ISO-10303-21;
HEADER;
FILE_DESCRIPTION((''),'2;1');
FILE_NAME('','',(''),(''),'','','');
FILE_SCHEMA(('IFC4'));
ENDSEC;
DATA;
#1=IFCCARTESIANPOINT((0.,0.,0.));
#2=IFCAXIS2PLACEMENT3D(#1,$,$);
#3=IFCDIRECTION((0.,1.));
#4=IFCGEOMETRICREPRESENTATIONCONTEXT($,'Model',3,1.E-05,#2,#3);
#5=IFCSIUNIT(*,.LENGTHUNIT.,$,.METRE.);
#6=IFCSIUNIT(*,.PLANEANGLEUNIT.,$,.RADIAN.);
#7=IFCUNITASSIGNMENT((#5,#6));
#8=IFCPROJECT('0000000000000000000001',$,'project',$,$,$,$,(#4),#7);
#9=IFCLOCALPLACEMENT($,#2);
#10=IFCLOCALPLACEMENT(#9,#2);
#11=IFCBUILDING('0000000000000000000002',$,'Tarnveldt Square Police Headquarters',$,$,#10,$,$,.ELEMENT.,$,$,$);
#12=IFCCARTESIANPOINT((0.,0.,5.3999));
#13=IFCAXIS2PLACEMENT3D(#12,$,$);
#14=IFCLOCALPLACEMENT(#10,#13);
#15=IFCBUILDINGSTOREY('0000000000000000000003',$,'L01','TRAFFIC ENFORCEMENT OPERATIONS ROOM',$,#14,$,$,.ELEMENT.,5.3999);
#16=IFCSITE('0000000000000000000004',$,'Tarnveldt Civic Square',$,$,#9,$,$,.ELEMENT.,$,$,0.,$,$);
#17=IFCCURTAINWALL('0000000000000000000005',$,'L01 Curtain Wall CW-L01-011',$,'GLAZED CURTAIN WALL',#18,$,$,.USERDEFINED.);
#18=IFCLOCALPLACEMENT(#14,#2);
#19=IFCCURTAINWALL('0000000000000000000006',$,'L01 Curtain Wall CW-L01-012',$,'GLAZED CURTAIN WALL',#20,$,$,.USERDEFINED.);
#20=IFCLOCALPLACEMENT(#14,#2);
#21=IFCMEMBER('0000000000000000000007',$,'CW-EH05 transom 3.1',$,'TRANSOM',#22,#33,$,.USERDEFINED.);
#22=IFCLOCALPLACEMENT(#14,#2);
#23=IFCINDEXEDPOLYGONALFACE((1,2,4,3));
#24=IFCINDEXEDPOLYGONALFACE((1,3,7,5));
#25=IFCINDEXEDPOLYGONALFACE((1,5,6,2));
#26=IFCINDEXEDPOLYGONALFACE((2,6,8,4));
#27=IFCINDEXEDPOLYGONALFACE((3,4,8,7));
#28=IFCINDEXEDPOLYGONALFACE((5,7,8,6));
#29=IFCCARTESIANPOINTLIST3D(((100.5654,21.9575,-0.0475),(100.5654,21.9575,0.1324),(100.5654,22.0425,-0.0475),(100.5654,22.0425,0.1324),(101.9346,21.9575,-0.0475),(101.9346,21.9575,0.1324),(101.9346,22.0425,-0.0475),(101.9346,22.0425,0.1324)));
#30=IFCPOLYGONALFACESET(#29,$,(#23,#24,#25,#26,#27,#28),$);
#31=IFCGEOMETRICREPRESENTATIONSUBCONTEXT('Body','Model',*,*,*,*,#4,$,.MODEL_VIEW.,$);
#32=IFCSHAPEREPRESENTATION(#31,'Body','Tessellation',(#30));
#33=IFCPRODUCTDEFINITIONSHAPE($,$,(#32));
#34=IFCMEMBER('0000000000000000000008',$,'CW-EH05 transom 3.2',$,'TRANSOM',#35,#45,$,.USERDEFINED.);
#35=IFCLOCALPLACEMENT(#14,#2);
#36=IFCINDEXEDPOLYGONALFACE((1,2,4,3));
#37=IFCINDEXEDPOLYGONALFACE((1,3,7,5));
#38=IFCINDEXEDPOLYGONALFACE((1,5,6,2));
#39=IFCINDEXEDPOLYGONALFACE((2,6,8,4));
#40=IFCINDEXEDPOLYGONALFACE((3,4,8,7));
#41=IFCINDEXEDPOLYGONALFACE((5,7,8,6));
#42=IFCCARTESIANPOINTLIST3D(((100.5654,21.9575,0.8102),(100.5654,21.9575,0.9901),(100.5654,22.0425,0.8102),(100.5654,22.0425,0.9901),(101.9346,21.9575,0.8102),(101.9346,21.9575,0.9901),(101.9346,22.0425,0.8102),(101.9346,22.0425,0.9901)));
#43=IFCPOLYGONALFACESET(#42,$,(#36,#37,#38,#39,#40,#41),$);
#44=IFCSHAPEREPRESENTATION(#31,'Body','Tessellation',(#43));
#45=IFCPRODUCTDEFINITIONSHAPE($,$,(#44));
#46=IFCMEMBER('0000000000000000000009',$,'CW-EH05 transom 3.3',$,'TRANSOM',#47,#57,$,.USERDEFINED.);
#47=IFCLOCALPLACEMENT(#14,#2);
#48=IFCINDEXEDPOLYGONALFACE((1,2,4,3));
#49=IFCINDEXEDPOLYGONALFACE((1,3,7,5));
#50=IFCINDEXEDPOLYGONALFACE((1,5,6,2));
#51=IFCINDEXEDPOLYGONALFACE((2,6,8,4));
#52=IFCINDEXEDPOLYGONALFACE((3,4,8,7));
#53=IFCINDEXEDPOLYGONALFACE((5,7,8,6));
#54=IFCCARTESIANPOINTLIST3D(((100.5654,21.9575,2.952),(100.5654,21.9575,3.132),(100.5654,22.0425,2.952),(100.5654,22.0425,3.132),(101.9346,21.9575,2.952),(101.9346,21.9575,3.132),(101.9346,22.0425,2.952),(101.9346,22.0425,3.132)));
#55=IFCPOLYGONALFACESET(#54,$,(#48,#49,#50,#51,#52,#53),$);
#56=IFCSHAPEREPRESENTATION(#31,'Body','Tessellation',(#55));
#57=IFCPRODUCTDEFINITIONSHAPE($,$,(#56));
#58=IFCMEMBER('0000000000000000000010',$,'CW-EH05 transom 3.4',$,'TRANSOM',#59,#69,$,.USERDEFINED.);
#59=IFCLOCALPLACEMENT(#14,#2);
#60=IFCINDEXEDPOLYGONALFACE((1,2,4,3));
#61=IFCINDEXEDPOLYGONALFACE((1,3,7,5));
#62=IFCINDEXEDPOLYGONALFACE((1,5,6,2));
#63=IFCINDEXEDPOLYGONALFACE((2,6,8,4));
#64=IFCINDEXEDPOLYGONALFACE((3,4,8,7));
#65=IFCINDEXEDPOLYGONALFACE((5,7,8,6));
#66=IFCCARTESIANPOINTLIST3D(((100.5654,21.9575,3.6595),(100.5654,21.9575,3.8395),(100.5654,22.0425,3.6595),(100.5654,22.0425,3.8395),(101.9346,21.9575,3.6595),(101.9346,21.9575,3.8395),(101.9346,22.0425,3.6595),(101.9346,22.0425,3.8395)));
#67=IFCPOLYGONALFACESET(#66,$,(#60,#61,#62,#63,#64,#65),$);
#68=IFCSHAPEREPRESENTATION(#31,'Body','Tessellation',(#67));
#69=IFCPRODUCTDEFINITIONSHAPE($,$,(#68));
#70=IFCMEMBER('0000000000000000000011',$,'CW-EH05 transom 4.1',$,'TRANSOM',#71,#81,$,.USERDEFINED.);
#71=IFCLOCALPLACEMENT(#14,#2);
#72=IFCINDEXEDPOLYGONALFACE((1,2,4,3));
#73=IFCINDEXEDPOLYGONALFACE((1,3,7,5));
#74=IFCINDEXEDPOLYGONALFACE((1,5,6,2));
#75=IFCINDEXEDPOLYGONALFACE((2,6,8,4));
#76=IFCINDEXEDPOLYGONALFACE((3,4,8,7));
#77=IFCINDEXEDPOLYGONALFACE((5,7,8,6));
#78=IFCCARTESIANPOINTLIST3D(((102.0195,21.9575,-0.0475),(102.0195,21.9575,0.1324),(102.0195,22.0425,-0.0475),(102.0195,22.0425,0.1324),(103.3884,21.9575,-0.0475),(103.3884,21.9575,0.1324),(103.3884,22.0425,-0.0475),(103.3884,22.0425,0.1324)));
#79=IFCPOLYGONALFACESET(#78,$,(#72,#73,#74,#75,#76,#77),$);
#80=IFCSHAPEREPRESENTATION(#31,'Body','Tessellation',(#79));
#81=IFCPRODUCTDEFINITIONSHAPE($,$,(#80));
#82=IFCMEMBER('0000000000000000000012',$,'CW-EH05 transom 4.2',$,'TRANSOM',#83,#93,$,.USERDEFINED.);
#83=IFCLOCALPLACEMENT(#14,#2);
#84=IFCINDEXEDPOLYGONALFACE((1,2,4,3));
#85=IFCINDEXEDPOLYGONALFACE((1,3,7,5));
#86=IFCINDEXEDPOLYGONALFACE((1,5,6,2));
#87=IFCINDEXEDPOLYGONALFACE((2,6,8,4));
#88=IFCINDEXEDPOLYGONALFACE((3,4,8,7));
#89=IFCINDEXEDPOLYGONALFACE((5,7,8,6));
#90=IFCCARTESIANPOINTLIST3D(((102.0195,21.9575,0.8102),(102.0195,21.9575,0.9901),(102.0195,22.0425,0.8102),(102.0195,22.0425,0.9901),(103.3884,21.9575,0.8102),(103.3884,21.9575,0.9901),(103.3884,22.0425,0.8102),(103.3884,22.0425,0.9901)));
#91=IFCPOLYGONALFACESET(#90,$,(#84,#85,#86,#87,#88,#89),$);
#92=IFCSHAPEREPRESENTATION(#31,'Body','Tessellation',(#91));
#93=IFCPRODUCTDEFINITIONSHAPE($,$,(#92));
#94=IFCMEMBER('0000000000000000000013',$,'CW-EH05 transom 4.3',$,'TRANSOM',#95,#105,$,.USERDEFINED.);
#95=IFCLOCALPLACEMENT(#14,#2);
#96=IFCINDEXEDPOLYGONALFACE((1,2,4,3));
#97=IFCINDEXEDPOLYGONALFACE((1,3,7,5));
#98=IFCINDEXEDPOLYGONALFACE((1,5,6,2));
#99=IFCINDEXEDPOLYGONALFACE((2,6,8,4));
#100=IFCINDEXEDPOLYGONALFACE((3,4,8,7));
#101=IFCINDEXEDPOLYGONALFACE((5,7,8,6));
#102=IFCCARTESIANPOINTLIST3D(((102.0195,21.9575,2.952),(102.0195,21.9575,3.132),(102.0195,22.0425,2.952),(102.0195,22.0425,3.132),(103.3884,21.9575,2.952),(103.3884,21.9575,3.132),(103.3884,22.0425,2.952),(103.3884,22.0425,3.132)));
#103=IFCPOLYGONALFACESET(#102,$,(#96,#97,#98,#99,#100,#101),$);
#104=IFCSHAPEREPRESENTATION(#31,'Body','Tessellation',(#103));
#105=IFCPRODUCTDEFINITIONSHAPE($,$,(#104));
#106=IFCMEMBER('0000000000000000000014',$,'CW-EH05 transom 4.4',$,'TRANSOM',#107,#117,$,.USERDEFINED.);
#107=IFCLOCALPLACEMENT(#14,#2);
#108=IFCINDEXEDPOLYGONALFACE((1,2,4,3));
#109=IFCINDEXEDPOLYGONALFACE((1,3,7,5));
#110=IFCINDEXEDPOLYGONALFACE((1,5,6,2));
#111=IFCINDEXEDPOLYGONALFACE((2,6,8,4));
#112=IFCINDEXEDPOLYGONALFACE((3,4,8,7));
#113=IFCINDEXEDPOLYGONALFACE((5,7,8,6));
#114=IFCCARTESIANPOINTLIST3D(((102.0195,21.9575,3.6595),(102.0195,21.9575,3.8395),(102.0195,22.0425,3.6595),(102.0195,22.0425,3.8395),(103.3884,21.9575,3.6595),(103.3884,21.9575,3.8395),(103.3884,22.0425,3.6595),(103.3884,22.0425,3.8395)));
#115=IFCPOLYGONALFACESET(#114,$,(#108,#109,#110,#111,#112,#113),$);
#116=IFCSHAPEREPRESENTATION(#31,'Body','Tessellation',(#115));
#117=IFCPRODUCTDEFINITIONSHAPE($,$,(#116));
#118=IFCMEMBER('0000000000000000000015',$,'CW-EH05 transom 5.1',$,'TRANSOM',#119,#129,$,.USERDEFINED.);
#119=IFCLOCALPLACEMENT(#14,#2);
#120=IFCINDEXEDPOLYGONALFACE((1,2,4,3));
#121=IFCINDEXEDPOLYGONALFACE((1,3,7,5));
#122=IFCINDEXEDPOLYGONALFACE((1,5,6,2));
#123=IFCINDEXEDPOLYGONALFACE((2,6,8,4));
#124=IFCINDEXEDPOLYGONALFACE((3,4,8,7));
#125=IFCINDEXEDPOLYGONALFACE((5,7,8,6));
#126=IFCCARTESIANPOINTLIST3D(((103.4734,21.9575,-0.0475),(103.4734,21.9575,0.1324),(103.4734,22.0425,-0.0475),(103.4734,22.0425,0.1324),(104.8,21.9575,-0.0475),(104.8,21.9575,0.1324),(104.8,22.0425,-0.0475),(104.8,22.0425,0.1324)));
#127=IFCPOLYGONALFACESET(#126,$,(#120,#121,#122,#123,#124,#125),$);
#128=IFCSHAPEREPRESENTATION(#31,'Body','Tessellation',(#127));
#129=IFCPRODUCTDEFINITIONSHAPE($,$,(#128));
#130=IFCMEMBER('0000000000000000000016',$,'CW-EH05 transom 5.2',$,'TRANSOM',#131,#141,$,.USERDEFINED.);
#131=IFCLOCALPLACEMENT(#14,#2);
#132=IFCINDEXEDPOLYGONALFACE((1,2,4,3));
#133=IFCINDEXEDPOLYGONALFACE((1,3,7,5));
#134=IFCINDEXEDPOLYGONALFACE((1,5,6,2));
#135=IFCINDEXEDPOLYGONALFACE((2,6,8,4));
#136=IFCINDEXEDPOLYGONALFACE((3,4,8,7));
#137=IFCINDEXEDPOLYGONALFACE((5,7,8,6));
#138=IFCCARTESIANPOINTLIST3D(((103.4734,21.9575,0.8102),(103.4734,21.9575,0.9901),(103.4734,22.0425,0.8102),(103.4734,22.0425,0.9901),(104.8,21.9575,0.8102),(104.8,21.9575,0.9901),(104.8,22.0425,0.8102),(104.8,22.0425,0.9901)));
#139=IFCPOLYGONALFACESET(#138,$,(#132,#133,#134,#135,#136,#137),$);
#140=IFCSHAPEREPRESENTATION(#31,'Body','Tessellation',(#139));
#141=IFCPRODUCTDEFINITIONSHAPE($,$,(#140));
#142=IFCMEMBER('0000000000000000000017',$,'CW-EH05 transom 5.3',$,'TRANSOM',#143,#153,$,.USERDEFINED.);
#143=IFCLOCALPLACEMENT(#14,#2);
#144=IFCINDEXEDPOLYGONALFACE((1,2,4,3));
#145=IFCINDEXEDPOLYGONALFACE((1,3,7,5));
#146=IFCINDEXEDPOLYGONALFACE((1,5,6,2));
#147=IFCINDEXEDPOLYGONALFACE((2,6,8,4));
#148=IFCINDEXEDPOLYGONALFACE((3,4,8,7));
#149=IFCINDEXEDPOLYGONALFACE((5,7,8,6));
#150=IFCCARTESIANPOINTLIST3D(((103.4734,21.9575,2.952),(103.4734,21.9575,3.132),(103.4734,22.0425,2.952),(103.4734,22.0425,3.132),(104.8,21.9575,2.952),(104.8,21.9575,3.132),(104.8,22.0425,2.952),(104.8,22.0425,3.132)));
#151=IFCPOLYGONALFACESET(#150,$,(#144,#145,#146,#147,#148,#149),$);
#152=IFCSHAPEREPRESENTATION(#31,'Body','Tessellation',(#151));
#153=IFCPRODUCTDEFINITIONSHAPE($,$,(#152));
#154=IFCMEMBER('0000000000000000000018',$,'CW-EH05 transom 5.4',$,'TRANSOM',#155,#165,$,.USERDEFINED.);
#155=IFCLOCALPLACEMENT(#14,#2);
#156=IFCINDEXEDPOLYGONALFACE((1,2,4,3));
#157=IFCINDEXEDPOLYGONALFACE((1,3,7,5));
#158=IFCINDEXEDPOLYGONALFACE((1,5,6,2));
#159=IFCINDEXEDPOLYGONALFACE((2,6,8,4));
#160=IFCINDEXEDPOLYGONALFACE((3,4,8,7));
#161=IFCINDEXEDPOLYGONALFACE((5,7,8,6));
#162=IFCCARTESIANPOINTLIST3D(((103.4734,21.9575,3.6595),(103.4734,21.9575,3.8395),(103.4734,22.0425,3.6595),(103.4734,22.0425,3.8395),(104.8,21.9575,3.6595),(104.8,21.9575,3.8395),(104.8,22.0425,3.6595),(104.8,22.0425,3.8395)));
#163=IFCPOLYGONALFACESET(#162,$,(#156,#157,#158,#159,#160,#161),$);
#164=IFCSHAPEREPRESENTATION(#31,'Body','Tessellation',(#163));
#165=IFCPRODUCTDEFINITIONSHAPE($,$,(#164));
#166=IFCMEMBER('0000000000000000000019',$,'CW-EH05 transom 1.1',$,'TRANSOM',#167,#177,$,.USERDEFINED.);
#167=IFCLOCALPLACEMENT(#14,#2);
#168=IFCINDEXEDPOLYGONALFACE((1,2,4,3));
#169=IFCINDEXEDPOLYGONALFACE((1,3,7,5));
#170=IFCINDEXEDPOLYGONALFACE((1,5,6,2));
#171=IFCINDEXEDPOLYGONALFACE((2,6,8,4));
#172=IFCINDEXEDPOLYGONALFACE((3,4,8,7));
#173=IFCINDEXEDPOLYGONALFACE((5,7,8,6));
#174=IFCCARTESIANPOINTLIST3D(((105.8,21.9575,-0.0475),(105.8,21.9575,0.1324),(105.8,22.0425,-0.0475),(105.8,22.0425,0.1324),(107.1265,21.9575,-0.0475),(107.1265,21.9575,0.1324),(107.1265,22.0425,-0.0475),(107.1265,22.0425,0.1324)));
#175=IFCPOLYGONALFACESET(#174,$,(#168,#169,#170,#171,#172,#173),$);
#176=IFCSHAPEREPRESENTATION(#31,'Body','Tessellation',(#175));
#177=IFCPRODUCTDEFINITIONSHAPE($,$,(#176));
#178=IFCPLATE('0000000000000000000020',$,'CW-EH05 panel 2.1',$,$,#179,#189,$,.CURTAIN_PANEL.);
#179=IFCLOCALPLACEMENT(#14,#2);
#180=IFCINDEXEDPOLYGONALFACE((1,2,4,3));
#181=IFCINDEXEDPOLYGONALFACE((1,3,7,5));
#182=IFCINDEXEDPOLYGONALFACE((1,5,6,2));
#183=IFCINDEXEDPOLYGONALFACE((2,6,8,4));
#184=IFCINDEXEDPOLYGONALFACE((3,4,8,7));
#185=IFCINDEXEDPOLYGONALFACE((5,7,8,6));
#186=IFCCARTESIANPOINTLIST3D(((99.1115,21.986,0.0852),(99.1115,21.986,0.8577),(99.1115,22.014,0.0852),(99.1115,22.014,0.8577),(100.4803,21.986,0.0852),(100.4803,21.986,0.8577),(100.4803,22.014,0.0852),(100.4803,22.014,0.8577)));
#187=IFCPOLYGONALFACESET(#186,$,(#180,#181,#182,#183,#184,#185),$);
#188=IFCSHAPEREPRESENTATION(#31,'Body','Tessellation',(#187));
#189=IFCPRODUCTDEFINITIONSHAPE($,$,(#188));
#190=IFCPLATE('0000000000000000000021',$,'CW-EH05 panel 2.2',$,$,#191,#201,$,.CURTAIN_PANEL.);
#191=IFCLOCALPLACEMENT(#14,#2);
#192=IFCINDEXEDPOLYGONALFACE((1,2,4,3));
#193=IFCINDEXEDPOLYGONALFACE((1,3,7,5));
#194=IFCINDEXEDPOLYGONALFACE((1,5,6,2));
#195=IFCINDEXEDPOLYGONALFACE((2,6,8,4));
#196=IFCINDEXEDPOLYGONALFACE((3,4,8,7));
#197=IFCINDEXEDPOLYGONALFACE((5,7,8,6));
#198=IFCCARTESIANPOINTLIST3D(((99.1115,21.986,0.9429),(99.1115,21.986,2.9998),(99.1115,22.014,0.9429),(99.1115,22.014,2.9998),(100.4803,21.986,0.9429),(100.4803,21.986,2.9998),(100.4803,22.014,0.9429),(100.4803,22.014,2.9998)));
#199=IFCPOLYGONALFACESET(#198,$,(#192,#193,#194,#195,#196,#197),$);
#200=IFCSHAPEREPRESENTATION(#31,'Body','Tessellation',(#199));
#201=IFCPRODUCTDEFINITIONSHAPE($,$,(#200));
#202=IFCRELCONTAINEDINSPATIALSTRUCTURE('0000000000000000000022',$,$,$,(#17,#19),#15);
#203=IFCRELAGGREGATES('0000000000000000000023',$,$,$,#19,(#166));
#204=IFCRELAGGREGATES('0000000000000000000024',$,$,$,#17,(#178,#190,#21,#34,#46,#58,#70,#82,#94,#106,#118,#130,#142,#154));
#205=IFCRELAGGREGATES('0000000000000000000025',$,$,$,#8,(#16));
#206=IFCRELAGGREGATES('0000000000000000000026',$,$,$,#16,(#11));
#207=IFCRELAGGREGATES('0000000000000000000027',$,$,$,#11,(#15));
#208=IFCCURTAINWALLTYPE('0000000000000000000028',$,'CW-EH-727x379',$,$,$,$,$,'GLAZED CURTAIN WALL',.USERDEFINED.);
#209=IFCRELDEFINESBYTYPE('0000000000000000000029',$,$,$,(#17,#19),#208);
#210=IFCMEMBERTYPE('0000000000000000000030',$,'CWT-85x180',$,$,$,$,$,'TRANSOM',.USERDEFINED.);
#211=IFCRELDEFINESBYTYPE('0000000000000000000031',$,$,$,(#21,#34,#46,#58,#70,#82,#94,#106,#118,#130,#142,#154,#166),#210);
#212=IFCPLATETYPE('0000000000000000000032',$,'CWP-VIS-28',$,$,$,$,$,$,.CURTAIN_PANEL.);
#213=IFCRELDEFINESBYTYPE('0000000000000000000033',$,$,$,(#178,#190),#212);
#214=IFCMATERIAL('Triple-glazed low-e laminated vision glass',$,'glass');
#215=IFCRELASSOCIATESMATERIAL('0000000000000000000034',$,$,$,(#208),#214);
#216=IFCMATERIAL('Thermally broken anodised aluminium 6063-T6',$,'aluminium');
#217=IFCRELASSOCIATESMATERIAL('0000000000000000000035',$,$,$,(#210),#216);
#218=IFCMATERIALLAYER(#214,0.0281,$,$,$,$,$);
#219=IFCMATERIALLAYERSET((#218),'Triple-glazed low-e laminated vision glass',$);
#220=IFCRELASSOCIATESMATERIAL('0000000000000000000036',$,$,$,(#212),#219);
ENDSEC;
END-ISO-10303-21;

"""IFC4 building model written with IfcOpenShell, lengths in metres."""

from ifc_helpers import new_model, si_unit, direction, frame, origin, origin_2d, place, context, subcontext, project, spatial, rectangle, extrude, material, layer, layer_set, material_profile, profile_set, type_object, element, aggregate, save


model = new_model("IFC4")

# Units and contexts
model_context = context("Model", 3, precision=1e-05, world=origin(), true_north=direction((0.0, 1.0)))
body_context = subcontext(model_context, "Body", "Model", "MODEL_VIEW")
ifc_project = project(units=[si_unit("LENGTHUNIT", "METRE"), si_unit("PLANEANGLEUNIT", "RADIAN")], contexts=[model_context])

# Site, building, storey
site_placement = place(None, origin())
site = spatial("IfcSite", under=ifc_project, at=site_placement, Name="Tarnveldt Civic Square", CompositionType="ELEMENT", RefElevation=0.0)
building_placement = place(site_placement, origin())
building = spatial("IfcBuilding", under=site, at=building_placement, Name="Tarnveldt Square Police Headquarters", CompositionType="ELEMENT")
storey_placement = place(building_placement, frame((0.0, 0.0, 5.3999)))
storey = spatial("IfcBuildingStorey", under=building, at=storey_placement, Name="L01", Description="TRAFFIC ENFORCEMENT OPERATIONS ROOM", CompositionType="ELEMENT", Elevation=5.3999)

# Curtain wall
ifc_material_1 = material(Name="Triple-glazed low-e laminated vision glass", Category="glass")
curtain_wall_type = type_object("IfcCurtainWallType", Name="CW-EH-727x379", ElementType="GLAZED CURTAIN WALL", PredefinedType="USERDEFINED", material=ifc_material_1)
curtain_wall_1_placement = place(storey_placement, origin())
curtain_wall_1 = element("IfcCurtainWall", 1, at=curtain_wall_1_placement, inside=storey, type_object=curtain_wall_type, Name="L01 Curtain Wall CW-L01-011", ObjectType="GLAZED CURTAIN WALL", PredefinedType="USERDEFINED")
ifc_material_2 = material(Name="Thermally broken anodised aluminium 6063-T6", Category="aluminium")

# Curtain wall
curtain_wall_2_placement = place(storey_placement, origin())
curtain_wall_2 = element("IfcCurtainWall", 2, at=curtain_wall_2_placement, inside=storey, type_object=curtain_wall_type, Name="L01 Curtain Wall CW-L01-012", ObjectType="GLAZED CURTAIN WALL", PredefinedType="USERDEFINED")

# Members
ifc_material_profile_1 = material_profile(ifc_material_2, rectangle(XDim=0.085, YDim=0.1799, at=origin_2d()), Name="CW-T85x180")
ifc_profile_set_1 = profile_set([ifc_material_profile_1], Name="Thermally broken anodised aluminium 6063-T6")
member_type_1 = type_object("IfcMemberType", Name="CWT-85x180", ElementType="TRANSOM", PredefinedType="USERDEFINED", material=ifc_profile_set_1)
member_1_placement = place(storey_placement, frame((100.5654, 22.0, 0.0425), z_axis=(1.0, 0.0, 0.0), x_axis=(0.0, 1.0, 0.0)))
member_1 = element("IfcMember", 3, at=member_1_placement, type_object=member_type_1, Name="CW-EH05 transom 3.1", ObjectType="TRANSOM", PredefinedType="USERDEFINED", context=body_context, shape_type="SweptSolid", body=[
    extrude(rectangle(XDim=0.085, YDim=0.1799, at=origin_2d()), origin(), (0.0, 0.0, 1.0), 1.3691),
])
member_2_placement = place(storey_placement, frame((100.5654, 22.0, 0.9001), z_axis=(1.0, 0.0, 0.0), x_axis=(0.0, 1.0, 0.0)))
member_2 = element("IfcMember", 4, at=member_2_placement, type_object=member_type_1, Name="CW-EH05 transom 3.2", ObjectType="TRANSOM", PredefinedType="USERDEFINED", context=body_context, shape_type="SweptSolid", body=[
    extrude(rectangle(XDim=0.085, YDim=0.1799, at=origin_2d()), origin(), (0.0, 0.0, 1.0), 1.3691),
])
member_3_placement = place(storey_placement, frame((100.5654, 22.0, 3.042), z_axis=(1.0, 0.0, 0.0), x_axis=(0.0, 1.0, 0.0)))
member_3 = element("IfcMember", 5, at=member_3_placement, type_object=member_type_1, Name="CW-EH05 transom 3.3", ObjectType="TRANSOM", PredefinedType="USERDEFINED", context=body_context, shape_type="SweptSolid", body=[
    extrude(rectangle(XDim=0.085, YDim=0.1799, at=origin_2d()), origin(), (0.0, 0.0, 1.0), 1.3691),
])
member_4_placement = place(storey_placement, frame((100.5654, 22.0, 3.7495), z_axis=(1.0, 0.0, 0.0), x_axis=(0.0, 1.0, 0.0)))
member_4 = element("IfcMember", 6, at=member_4_placement, type_object=member_type_1, Name="CW-EH05 transom 3.4", ObjectType="TRANSOM", PredefinedType="USERDEFINED", context=body_context, shape_type="SweptSolid", body=[
    extrude(rectangle(XDim=0.085, YDim=0.1799, at=origin_2d()), origin(), (0.0, 0.0, 1.0), 1.3691),
])
member_5_placement = place(storey_placement, frame((102.0195, 22.0, 0.0425), z_axis=(1.0, 0.0, 0.0), x_axis=(0.0, 1.0, 0.0)))
member_5 = element("IfcMember", 7, at=member_5_placement, type_object=member_type_1, Name="CW-EH05 transom 4.1", ObjectType="TRANSOM", PredefinedType="USERDEFINED", context=body_context, shape_type="SweptSolid", body=[
    extrude(rectangle(XDim=0.085, YDim=0.1799, at=origin_2d()), origin(), (0.0, 0.0, 1.0), 1.3689),
])
member_6_placement = place(storey_placement, frame((102.0195, 22.0, 0.9001), z_axis=(1.0, 0.0, 0.0), x_axis=(0.0, 1.0, 0.0)))
member_6 = element("IfcMember", 8, at=member_6_placement, type_object=member_type_1, Name="CW-EH05 transom 4.2", ObjectType="TRANSOM", PredefinedType="USERDEFINED", context=body_context, shape_type="SweptSolid", body=[
    extrude(rectangle(XDim=0.085, YDim=0.1799, at=origin_2d()), origin(), (0.0, 0.0, 1.0), 1.3689),
])
member_7_placement = place(storey_placement, frame((102.0195, 22.0, 3.042), z_axis=(1.0, 0.0, 0.0), x_axis=(0.0, 1.0, 0.0)))
member_7 = element("IfcMember", 9, at=member_7_placement, type_object=member_type_1, Name="CW-EH05 transom 4.3", ObjectType="TRANSOM", PredefinedType="USERDEFINED", context=body_context, shape_type="SweptSolid", body=[
    extrude(rectangle(XDim=0.085, YDim=0.1799, at=origin_2d()), origin(), (0.0, 0.0, 1.0), 1.3689),
])
member_8_placement = place(storey_placement, frame((102.0195, 22.0, 3.7495), z_axis=(1.0, 0.0, 0.0), x_axis=(0.0, 1.0, 0.0)))
member_8 = element("IfcMember", 10, at=member_8_placement, type_object=member_type_1, Name="CW-EH05 transom 4.4", ObjectType="TRANSOM", PredefinedType="USERDEFINED", context=body_context, shape_type="SweptSolid", body=[
    extrude(rectangle(XDim=0.085, YDim=0.1799, at=origin_2d()), origin(), (0.0, 0.0, 1.0), 1.3689),
])
member_9_placement = place(storey_placement, frame((103.4734, 22.0, 0.0425), z_axis=(1.0, 0.0, 0.0), x_axis=(0.0, 1.0, 0.0)))
member_9 = element("IfcMember", 11, at=member_9_placement, type_object=member_type_1, Name="CW-EH05 transom 5.1", ObjectType="TRANSOM", PredefinedType="USERDEFINED", context=body_context, shape_type="SweptSolid", body=[
    extrude(rectangle(XDim=0.085, YDim=0.1799, at=origin_2d()), origin(), (0.0, 0.0, 1.0), 1.3267),
])
member_10_placement = place(storey_placement, frame((103.4734, 22.0, 0.9001), z_axis=(1.0, 0.0, 0.0), x_axis=(0.0, 1.0, 0.0)))
member_10 = element("IfcMember", 12, at=member_10_placement, type_object=member_type_1, Name="CW-EH05 transom 5.2", ObjectType="TRANSOM", PredefinedType="USERDEFINED", context=body_context, shape_type="SweptSolid", body=[
    extrude(rectangle(XDim=0.085, YDim=0.1799, at=origin_2d()), origin(), (0.0, 0.0, 1.0), 1.3267),
])
member_11_placement = place(storey_placement, frame((103.4734, 22.0, 3.042), z_axis=(1.0, 0.0, 0.0), x_axis=(0.0, 1.0, 0.0)))
member_11 = element("IfcMember", 13, at=member_11_placement, type_object=member_type_1, Name="CW-EH05 transom 5.3", ObjectType="TRANSOM", PredefinedType="USERDEFINED", context=body_context, shape_type="SweptSolid", body=[
    extrude(rectangle(XDim=0.085, YDim=0.1799, at=origin_2d()), origin(), (0.0, 0.0, 1.0), 1.3267),
])
member_12_placement = place(storey_placement, frame((103.4734, 22.0, 3.7495), z_axis=(1.0, 0.0, 0.0), x_axis=(0.0, 1.0, 0.0)))
member_12 = element("IfcMember", 14, at=member_12_placement, type_object=member_type_1, Name="CW-EH05 transom 5.4", ObjectType="TRANSOM", PredefinedType="USERDEFINED", context=body_context, shape_type="SweptSolid", body=[
    extrude(rectangle(XDim=0.085, YDim=0.1799, at=origin_2d()), origin(), (0.0, 0.0, 1.0), 1.3267),
])
member_13_placement = place(storey_placement, frame((105.8, 22.0, 0.0425), z_axis=(1.0, 0.0, 0.0), x_axis=(0.0, 1.0, 0.0)))
member_13 = element("IfcMember", 15, at=member_13_placement, type_object=member_type_1, Name="CW-EH05 transom 1.1", ObjectType="TRANSOM", PredefinedType="USERDEFINED", context=body_context, shape_type="SweptSolid", body=[
    extrude(rectangle(XDim=0.085, YDim=0.1799, at=origin_2d()), origin(), (0.0, 0.0, 1.0), 1.3264),
])
aggregate(curtain_wall_2, [member_13])

# Plates
ifc_layer = layer(ifc_material_1, 0.0281)
ifc_layer_set = layer_set([ifc_layer], Name="Triple-glazed low-e laminated vision glass")
plate_type = type_object("IfcPlateType", Name="CWP-VIS-28", PredefinedType="CURTAIN_PANEL", material=ifc_layer_set)
plate_1_placement = place(storey_placement, frame((99.7959, 22.0, 0.0852), z_axis=(0.0, 0.0, 1.0), x_axis=(1.0, 0.0, 0.0)))
plate_1 = element("IfcPlate", 16, at=plate_1_placement, type_object=plate_type, Name="CW-EH05 panel 2.1", PredefinedType="CURTAIN_PANEL", context=body_context, shape_type="SweptSolid", body=[
    extrude(rectangle(XDim=1.3689, YDim=0.0281, at=origin_2d()), origin(), (0.0, 0.0, 1.0), 0.7725),
])
plate_2_placement = place(storey_placement, frame((99.7959, 22.0, 0.9429), z_axis=(0.0, 0.0, 1.0), x_axis=(1.0, 0.0, 0.0)))
plate_2 = element("IfcPlate", 17, at=plate_2_placement, type_object=plate_type, Name="CW-EH05 panel 2.2", PredefinedType="CURTAIN_PANEL", context=body_context, shape_type="SweptSolid", body=[
    extrude(rectangle(XDim=1.3689, YDim=0.0281, at=origin_2d()), origin(), (0.0, 0.0, 1.0), 2.0569),
])
aggregate(curtain_wall_1, [plate_1, plate_2, member_1, member_2, member_3, member_4, member_5, member_6, member_7, member_8, member_9, member_10, member_11, member_12])

save(model, "model.ifc")
